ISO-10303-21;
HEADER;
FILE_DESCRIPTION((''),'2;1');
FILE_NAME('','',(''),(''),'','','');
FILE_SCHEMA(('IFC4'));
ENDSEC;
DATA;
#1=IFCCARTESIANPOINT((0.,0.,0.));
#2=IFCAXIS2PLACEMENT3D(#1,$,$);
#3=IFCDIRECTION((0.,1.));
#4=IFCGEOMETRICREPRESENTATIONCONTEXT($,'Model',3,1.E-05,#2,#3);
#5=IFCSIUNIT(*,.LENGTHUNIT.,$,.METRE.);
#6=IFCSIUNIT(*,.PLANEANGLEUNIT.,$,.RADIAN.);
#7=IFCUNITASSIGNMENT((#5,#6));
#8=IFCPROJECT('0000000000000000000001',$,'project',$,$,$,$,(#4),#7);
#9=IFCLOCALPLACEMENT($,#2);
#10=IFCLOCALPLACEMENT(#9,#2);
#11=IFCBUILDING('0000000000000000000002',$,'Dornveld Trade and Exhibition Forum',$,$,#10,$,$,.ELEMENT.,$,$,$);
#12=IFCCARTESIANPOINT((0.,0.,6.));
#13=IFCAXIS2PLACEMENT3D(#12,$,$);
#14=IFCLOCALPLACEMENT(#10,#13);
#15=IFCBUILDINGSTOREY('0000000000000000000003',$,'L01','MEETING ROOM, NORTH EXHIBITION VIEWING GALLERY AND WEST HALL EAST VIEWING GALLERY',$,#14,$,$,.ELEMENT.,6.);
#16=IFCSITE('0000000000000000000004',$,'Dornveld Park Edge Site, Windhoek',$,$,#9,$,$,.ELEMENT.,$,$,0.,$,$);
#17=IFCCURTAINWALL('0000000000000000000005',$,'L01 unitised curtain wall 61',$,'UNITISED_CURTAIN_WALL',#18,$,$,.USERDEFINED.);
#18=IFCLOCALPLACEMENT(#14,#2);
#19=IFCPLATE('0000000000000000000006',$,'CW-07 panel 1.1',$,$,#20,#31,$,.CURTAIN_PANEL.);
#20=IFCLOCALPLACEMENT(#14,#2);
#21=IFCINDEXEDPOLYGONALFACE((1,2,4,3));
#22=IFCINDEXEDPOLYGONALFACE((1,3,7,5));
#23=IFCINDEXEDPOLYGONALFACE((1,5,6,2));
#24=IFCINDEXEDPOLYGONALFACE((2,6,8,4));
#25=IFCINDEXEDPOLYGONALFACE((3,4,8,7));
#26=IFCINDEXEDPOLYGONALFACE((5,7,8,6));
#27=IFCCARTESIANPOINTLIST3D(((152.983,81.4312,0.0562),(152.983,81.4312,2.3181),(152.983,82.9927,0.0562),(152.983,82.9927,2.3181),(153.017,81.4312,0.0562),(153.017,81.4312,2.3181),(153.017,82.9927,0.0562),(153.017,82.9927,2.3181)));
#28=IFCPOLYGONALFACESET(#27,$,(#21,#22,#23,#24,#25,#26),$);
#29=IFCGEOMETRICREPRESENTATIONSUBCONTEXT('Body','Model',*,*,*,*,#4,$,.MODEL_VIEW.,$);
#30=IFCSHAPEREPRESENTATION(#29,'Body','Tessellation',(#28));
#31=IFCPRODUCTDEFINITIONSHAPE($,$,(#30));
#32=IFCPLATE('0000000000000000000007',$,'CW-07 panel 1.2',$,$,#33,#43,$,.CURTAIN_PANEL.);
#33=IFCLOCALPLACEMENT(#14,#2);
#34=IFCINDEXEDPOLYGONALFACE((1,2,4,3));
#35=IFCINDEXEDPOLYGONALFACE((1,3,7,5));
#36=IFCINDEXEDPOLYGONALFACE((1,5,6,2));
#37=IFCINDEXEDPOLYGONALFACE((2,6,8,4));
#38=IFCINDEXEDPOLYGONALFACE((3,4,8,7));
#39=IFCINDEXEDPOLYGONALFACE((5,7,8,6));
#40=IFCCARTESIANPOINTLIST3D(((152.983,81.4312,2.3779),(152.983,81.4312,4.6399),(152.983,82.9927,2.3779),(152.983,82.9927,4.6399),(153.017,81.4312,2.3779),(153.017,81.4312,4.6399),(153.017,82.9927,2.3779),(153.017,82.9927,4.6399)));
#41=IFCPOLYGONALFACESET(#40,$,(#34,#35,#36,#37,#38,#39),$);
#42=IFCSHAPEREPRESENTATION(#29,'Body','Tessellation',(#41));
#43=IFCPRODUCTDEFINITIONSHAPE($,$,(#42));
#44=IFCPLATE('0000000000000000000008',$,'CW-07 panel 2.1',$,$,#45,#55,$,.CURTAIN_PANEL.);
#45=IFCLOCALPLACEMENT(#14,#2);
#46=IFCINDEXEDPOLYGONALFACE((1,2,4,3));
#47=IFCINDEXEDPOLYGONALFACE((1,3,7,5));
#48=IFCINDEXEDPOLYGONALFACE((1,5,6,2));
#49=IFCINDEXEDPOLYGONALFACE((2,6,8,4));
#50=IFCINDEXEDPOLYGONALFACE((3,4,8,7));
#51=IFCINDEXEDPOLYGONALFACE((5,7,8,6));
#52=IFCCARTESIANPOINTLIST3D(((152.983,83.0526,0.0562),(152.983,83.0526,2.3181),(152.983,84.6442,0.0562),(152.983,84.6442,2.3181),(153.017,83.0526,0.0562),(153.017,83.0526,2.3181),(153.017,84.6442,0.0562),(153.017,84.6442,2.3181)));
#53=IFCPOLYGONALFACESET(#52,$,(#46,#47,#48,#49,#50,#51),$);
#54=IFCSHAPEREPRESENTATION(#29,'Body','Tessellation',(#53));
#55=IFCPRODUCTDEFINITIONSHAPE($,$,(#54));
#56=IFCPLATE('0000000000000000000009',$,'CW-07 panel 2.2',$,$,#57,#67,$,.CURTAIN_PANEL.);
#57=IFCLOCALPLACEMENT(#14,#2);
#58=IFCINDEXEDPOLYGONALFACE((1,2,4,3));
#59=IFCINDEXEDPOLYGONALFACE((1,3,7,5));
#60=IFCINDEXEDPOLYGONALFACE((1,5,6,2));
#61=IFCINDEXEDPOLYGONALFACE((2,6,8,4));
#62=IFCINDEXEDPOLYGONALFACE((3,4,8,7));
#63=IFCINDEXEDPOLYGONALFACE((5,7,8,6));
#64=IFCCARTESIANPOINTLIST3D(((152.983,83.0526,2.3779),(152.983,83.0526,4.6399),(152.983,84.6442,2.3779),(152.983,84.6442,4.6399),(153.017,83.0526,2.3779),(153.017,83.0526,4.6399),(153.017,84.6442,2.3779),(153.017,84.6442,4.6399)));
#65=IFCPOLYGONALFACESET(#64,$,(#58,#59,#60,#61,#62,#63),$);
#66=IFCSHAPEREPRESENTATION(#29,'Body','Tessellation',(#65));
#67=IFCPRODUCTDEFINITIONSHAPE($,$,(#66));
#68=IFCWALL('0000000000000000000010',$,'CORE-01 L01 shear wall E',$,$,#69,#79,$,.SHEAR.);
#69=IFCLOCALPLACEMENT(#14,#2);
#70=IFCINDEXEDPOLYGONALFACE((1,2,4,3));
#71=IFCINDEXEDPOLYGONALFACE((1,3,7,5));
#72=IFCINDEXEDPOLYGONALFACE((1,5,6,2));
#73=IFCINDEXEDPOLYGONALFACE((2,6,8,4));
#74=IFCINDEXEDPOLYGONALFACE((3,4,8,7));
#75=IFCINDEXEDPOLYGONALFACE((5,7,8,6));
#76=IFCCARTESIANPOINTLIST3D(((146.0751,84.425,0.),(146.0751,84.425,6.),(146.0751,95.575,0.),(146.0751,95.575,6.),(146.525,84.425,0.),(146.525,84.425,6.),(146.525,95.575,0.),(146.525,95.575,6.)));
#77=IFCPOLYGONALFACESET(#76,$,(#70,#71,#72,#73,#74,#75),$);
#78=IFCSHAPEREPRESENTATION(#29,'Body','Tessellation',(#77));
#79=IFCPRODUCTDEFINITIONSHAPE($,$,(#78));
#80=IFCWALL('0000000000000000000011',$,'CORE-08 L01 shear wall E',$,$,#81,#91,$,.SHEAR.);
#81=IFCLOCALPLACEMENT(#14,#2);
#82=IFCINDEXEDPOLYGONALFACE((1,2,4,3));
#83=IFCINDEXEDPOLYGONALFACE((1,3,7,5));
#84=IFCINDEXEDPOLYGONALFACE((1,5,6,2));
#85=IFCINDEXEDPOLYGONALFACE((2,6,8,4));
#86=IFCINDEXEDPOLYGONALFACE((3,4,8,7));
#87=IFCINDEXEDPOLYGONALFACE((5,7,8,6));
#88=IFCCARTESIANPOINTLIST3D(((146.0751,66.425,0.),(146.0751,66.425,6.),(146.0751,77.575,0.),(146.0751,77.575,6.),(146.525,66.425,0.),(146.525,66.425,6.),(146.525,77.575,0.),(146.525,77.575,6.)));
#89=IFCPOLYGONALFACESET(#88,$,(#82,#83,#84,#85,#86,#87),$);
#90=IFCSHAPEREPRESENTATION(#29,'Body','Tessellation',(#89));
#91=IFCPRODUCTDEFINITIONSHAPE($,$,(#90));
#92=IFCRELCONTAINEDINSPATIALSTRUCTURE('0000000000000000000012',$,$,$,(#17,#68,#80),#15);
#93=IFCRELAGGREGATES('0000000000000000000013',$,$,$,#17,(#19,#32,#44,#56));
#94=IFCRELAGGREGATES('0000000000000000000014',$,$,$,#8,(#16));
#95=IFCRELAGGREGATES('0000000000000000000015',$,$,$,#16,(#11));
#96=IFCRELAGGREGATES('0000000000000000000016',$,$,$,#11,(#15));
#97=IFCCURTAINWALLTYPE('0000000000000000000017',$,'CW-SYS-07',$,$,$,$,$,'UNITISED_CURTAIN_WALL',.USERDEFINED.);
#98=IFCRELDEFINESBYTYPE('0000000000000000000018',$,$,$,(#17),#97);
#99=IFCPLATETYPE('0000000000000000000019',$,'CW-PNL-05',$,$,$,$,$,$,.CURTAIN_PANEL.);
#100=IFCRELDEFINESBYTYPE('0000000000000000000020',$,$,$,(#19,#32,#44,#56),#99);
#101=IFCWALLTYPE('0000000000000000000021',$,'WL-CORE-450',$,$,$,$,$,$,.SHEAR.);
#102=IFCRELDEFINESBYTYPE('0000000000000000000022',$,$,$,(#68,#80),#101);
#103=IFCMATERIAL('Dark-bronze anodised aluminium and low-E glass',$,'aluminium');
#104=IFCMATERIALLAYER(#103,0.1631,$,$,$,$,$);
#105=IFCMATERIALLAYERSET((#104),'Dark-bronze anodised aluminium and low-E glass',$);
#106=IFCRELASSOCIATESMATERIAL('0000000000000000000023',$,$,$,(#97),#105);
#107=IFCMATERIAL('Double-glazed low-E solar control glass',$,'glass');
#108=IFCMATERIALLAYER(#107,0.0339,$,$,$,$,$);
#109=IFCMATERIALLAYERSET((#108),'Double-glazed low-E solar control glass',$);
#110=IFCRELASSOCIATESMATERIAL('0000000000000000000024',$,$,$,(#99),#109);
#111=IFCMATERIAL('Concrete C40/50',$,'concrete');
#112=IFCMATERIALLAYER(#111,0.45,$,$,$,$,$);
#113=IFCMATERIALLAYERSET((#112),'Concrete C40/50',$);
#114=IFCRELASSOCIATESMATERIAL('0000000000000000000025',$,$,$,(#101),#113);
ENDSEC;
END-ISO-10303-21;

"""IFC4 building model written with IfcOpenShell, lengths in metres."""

from ifc_helpers import new_model, si_unit, direction, frame, frame_2d, origin, origin_2d, place, context, subcontext, project, spatial, rectangle, extrude, material, layer, layer_set, type_object, element, aggregate, save


model = new_model("IFC4")

# Units and contexts
model_context = context("Model", 3, precision=1e-05, world=origin(), true_north=direction((0.0, 1.0)))
body_context = subcontext(model_context, "Body", "Model", "MODEL_VIEW")
ifc_project = project(units=[si_unit("LENGTHUNIT", "METRE"), si_unit("PLANEANGLEUNIT", "RADIAN")], contexts=[model_context])

# Site, building, storey
site_placement = place(None, origin())
site = spatial("IfcSite", under=ifc_project, at=site_placement, Name="Dornveld Park Edge Site, Windhoek", CompositionType="ELEMENT", RefElevation=0.0)
building_placement = place(site_placement, origin())
building = spatial("IfcBuilding", under=site, at=building_placement, Name="Dornveld Trade and Exhibition Forum", CompositionType="ELEMENT")
storey_placement = place(building_placement, frame((0.0, 0.0, 6.0)))
storey = spatial("IfcBuildingStorey", under=building, at=storey_placement, Name="L01", Description="MEETING ROOM, NORTH EXHIBITION VIEWING GALLERY AND WEST HALL EAST VIEWING GALLERY", CompositionType="ELEMENT", Elevation=6.0)

# Curtain wall
ifc_material_1 = material(Name="Dark-bronze anodised aluminium and low-E glass", Category="aluminium")
ifc_layer_1 = layer(ifc_material_1, 0.1631)
ifc_layer_set_1 = layer_set([ifc_layer_1], Name="Dark-bronze anodised aluminium and low-E glass")
curtain_wall_type_1 = type_object("IfcCurtainWallType", Name="CW-SYS-07", ElementType="UNITISED_CURTAIN_WALL", PredefinedType="USERDEFINED", material=ifc_layer_set_1)
curtain_wall_1_placement = place(storey_placement, origin())
curtain_wall_1 = element("IfcCurtainWall", 1, at=curtain_wall_1_placement, inside=storey, type_object=curtain_wall_type_1, Name="L01 unitised curtain wall 61", ObjectType="UNITISED_CURTAIN_WALL", PredefinedType="USERDEFINED")

# Plates
ifc_material_2 = material(Name="Double-glazed low-E solar control glass", Category="glass")
ifc_layer_2 = layer(ifc_material_2, 0.0339)
ifc_layer_set_2 = layer_set([ifc_layer_2], Name="Double-glazed low-E solar control glass")
plate_type_1 = type_object("IfcPlateType", Name="CW-PNL-05", PredefinedType="CURTAIN_PANEL", material=ifc_layer_set_2)
plate_1_placement = place(storey_placement, frame((153.0, 82.2119, 0.0562), z_axis=(0.0, 0.0, 1.0), x_axis=(0.0, 1.0, 0.0)))
plate_1 = element("IfcPlate", 2, at=plate_1_placement, type_object=plate_type_1, Name="CW-07 panel 1.1", PredefinedType="CURTAIN_PANEL", context=body_context, shape_type="SweptSolid", body=[
    extrude(rectangle(XDim=1.5615, YDim=0.0339, at=origin_2d()), origin(), (0.0, 0.0, 1.0), 2.262),
])
plate_2_placement = place(storey_placement, frame((153.0, 82.2119, 2.3779), z_axis=(0.0, 0.0, 1.0), x_axis=(0.0, 1.0, 0.0)))
plate_2 = element("IfcPlate", 3, at=plate_2_placement, type_object=plate_type_1, Name="CW-07 panel 1.2", PredefinedType="CURTAIN_PANEL", context=body_context, shape_type="SweptSolid", body=[
    extrude(rectangle(XDim=1.5615, YDim=0.0339, at=origin_2d()), origin(), (0.0, 0.0, 1.0), 2.262),
])
plate_3_placement = place(storey_placement, frame((153.0, 83.8484, 0.0562), z_axis=(0.0, 0.0, 1.0), x_axis=(0.0, 1.0, 0.0)))
plate_3 = element("IfcPlate", 4, at=plate_3_placement, type_object=plate_type_1, Name="CW-07 panel 2.1", PredefinedType="CURTAIN_PANEL", context=body_context, shape_type="SweptSolid", body=[
    extrude(rectangle(XDim=1.5916, YDim=0.0339, at=origin_2d()), origin(), (0.0, 0.0, 1.0), 2.262),
])
plate_4_placement = place(storey_placement, frame((153.0, 83.8484, 2.3779), z_axis=(0.0, 0.0, 1.0), x_axis=(0.0, 1.0, 0.0)))
plate_4 = element("IfcPlate", 5, at=plate_4_placement, type_object=plate_type_1, Name="CW-07 panel 2.2", PredefinedType="CURTAIN_PANEL", context=body_context, shape_type="SweptSolid", body=[
    extrude(rectangle(XDim=1.5916, YDim=0.0339, at=origin_2d()), origin(), (0.0, 0.0, 1.0), 2.262),
])
aggregate(curtain_wall_1, [plate_1, plate_2, plate_3, plate_4])

# Walls
ifc_material_3 = material(Name="Concrete C40/50", Category="concrete")
ifc_layer_3 = layer(ifc_material_3, 0.45)
ifc_layer_set_3 = layer_set([ifc_layer_3], Name="Concrete C40/50")
wall_type = type_object("IfcWallType", Name="WL-CORE-450", PredefinedType="SHEAR", material=ifc_layer_set_3)
for number, where, z_axis, x_axis, name in (
    (6, (146.3, 84.425, 0.0), (0.0, 0.0, 1.0), (0.0, 1.0, 0.0), "CORE-01 L01 shear wall E"),
    (7, (146.3, 66.425, 0.0), (0.0, 0.0, 1.0), (0.0, 1.0, 0.0), "CORE-08 L01 shear wall E"),
):
    element("IfcWall", number, at=place(storey_placement, frame(where, z_axis=z_axis, x_axis=x_axis)), inside=storey, type_object=wall_type, Name=name, PredefinedType="SHEAR", context=body_context, shape_type="SweptSolid", body=[
        extrude(rectangle(XDim=11.1499, YDim=0.45, at=frame_2d((5.575, 0.0))), origin(), (0.0, 0.0, 1.0), 6.0),
    ])

save(model, "model.ifc")
